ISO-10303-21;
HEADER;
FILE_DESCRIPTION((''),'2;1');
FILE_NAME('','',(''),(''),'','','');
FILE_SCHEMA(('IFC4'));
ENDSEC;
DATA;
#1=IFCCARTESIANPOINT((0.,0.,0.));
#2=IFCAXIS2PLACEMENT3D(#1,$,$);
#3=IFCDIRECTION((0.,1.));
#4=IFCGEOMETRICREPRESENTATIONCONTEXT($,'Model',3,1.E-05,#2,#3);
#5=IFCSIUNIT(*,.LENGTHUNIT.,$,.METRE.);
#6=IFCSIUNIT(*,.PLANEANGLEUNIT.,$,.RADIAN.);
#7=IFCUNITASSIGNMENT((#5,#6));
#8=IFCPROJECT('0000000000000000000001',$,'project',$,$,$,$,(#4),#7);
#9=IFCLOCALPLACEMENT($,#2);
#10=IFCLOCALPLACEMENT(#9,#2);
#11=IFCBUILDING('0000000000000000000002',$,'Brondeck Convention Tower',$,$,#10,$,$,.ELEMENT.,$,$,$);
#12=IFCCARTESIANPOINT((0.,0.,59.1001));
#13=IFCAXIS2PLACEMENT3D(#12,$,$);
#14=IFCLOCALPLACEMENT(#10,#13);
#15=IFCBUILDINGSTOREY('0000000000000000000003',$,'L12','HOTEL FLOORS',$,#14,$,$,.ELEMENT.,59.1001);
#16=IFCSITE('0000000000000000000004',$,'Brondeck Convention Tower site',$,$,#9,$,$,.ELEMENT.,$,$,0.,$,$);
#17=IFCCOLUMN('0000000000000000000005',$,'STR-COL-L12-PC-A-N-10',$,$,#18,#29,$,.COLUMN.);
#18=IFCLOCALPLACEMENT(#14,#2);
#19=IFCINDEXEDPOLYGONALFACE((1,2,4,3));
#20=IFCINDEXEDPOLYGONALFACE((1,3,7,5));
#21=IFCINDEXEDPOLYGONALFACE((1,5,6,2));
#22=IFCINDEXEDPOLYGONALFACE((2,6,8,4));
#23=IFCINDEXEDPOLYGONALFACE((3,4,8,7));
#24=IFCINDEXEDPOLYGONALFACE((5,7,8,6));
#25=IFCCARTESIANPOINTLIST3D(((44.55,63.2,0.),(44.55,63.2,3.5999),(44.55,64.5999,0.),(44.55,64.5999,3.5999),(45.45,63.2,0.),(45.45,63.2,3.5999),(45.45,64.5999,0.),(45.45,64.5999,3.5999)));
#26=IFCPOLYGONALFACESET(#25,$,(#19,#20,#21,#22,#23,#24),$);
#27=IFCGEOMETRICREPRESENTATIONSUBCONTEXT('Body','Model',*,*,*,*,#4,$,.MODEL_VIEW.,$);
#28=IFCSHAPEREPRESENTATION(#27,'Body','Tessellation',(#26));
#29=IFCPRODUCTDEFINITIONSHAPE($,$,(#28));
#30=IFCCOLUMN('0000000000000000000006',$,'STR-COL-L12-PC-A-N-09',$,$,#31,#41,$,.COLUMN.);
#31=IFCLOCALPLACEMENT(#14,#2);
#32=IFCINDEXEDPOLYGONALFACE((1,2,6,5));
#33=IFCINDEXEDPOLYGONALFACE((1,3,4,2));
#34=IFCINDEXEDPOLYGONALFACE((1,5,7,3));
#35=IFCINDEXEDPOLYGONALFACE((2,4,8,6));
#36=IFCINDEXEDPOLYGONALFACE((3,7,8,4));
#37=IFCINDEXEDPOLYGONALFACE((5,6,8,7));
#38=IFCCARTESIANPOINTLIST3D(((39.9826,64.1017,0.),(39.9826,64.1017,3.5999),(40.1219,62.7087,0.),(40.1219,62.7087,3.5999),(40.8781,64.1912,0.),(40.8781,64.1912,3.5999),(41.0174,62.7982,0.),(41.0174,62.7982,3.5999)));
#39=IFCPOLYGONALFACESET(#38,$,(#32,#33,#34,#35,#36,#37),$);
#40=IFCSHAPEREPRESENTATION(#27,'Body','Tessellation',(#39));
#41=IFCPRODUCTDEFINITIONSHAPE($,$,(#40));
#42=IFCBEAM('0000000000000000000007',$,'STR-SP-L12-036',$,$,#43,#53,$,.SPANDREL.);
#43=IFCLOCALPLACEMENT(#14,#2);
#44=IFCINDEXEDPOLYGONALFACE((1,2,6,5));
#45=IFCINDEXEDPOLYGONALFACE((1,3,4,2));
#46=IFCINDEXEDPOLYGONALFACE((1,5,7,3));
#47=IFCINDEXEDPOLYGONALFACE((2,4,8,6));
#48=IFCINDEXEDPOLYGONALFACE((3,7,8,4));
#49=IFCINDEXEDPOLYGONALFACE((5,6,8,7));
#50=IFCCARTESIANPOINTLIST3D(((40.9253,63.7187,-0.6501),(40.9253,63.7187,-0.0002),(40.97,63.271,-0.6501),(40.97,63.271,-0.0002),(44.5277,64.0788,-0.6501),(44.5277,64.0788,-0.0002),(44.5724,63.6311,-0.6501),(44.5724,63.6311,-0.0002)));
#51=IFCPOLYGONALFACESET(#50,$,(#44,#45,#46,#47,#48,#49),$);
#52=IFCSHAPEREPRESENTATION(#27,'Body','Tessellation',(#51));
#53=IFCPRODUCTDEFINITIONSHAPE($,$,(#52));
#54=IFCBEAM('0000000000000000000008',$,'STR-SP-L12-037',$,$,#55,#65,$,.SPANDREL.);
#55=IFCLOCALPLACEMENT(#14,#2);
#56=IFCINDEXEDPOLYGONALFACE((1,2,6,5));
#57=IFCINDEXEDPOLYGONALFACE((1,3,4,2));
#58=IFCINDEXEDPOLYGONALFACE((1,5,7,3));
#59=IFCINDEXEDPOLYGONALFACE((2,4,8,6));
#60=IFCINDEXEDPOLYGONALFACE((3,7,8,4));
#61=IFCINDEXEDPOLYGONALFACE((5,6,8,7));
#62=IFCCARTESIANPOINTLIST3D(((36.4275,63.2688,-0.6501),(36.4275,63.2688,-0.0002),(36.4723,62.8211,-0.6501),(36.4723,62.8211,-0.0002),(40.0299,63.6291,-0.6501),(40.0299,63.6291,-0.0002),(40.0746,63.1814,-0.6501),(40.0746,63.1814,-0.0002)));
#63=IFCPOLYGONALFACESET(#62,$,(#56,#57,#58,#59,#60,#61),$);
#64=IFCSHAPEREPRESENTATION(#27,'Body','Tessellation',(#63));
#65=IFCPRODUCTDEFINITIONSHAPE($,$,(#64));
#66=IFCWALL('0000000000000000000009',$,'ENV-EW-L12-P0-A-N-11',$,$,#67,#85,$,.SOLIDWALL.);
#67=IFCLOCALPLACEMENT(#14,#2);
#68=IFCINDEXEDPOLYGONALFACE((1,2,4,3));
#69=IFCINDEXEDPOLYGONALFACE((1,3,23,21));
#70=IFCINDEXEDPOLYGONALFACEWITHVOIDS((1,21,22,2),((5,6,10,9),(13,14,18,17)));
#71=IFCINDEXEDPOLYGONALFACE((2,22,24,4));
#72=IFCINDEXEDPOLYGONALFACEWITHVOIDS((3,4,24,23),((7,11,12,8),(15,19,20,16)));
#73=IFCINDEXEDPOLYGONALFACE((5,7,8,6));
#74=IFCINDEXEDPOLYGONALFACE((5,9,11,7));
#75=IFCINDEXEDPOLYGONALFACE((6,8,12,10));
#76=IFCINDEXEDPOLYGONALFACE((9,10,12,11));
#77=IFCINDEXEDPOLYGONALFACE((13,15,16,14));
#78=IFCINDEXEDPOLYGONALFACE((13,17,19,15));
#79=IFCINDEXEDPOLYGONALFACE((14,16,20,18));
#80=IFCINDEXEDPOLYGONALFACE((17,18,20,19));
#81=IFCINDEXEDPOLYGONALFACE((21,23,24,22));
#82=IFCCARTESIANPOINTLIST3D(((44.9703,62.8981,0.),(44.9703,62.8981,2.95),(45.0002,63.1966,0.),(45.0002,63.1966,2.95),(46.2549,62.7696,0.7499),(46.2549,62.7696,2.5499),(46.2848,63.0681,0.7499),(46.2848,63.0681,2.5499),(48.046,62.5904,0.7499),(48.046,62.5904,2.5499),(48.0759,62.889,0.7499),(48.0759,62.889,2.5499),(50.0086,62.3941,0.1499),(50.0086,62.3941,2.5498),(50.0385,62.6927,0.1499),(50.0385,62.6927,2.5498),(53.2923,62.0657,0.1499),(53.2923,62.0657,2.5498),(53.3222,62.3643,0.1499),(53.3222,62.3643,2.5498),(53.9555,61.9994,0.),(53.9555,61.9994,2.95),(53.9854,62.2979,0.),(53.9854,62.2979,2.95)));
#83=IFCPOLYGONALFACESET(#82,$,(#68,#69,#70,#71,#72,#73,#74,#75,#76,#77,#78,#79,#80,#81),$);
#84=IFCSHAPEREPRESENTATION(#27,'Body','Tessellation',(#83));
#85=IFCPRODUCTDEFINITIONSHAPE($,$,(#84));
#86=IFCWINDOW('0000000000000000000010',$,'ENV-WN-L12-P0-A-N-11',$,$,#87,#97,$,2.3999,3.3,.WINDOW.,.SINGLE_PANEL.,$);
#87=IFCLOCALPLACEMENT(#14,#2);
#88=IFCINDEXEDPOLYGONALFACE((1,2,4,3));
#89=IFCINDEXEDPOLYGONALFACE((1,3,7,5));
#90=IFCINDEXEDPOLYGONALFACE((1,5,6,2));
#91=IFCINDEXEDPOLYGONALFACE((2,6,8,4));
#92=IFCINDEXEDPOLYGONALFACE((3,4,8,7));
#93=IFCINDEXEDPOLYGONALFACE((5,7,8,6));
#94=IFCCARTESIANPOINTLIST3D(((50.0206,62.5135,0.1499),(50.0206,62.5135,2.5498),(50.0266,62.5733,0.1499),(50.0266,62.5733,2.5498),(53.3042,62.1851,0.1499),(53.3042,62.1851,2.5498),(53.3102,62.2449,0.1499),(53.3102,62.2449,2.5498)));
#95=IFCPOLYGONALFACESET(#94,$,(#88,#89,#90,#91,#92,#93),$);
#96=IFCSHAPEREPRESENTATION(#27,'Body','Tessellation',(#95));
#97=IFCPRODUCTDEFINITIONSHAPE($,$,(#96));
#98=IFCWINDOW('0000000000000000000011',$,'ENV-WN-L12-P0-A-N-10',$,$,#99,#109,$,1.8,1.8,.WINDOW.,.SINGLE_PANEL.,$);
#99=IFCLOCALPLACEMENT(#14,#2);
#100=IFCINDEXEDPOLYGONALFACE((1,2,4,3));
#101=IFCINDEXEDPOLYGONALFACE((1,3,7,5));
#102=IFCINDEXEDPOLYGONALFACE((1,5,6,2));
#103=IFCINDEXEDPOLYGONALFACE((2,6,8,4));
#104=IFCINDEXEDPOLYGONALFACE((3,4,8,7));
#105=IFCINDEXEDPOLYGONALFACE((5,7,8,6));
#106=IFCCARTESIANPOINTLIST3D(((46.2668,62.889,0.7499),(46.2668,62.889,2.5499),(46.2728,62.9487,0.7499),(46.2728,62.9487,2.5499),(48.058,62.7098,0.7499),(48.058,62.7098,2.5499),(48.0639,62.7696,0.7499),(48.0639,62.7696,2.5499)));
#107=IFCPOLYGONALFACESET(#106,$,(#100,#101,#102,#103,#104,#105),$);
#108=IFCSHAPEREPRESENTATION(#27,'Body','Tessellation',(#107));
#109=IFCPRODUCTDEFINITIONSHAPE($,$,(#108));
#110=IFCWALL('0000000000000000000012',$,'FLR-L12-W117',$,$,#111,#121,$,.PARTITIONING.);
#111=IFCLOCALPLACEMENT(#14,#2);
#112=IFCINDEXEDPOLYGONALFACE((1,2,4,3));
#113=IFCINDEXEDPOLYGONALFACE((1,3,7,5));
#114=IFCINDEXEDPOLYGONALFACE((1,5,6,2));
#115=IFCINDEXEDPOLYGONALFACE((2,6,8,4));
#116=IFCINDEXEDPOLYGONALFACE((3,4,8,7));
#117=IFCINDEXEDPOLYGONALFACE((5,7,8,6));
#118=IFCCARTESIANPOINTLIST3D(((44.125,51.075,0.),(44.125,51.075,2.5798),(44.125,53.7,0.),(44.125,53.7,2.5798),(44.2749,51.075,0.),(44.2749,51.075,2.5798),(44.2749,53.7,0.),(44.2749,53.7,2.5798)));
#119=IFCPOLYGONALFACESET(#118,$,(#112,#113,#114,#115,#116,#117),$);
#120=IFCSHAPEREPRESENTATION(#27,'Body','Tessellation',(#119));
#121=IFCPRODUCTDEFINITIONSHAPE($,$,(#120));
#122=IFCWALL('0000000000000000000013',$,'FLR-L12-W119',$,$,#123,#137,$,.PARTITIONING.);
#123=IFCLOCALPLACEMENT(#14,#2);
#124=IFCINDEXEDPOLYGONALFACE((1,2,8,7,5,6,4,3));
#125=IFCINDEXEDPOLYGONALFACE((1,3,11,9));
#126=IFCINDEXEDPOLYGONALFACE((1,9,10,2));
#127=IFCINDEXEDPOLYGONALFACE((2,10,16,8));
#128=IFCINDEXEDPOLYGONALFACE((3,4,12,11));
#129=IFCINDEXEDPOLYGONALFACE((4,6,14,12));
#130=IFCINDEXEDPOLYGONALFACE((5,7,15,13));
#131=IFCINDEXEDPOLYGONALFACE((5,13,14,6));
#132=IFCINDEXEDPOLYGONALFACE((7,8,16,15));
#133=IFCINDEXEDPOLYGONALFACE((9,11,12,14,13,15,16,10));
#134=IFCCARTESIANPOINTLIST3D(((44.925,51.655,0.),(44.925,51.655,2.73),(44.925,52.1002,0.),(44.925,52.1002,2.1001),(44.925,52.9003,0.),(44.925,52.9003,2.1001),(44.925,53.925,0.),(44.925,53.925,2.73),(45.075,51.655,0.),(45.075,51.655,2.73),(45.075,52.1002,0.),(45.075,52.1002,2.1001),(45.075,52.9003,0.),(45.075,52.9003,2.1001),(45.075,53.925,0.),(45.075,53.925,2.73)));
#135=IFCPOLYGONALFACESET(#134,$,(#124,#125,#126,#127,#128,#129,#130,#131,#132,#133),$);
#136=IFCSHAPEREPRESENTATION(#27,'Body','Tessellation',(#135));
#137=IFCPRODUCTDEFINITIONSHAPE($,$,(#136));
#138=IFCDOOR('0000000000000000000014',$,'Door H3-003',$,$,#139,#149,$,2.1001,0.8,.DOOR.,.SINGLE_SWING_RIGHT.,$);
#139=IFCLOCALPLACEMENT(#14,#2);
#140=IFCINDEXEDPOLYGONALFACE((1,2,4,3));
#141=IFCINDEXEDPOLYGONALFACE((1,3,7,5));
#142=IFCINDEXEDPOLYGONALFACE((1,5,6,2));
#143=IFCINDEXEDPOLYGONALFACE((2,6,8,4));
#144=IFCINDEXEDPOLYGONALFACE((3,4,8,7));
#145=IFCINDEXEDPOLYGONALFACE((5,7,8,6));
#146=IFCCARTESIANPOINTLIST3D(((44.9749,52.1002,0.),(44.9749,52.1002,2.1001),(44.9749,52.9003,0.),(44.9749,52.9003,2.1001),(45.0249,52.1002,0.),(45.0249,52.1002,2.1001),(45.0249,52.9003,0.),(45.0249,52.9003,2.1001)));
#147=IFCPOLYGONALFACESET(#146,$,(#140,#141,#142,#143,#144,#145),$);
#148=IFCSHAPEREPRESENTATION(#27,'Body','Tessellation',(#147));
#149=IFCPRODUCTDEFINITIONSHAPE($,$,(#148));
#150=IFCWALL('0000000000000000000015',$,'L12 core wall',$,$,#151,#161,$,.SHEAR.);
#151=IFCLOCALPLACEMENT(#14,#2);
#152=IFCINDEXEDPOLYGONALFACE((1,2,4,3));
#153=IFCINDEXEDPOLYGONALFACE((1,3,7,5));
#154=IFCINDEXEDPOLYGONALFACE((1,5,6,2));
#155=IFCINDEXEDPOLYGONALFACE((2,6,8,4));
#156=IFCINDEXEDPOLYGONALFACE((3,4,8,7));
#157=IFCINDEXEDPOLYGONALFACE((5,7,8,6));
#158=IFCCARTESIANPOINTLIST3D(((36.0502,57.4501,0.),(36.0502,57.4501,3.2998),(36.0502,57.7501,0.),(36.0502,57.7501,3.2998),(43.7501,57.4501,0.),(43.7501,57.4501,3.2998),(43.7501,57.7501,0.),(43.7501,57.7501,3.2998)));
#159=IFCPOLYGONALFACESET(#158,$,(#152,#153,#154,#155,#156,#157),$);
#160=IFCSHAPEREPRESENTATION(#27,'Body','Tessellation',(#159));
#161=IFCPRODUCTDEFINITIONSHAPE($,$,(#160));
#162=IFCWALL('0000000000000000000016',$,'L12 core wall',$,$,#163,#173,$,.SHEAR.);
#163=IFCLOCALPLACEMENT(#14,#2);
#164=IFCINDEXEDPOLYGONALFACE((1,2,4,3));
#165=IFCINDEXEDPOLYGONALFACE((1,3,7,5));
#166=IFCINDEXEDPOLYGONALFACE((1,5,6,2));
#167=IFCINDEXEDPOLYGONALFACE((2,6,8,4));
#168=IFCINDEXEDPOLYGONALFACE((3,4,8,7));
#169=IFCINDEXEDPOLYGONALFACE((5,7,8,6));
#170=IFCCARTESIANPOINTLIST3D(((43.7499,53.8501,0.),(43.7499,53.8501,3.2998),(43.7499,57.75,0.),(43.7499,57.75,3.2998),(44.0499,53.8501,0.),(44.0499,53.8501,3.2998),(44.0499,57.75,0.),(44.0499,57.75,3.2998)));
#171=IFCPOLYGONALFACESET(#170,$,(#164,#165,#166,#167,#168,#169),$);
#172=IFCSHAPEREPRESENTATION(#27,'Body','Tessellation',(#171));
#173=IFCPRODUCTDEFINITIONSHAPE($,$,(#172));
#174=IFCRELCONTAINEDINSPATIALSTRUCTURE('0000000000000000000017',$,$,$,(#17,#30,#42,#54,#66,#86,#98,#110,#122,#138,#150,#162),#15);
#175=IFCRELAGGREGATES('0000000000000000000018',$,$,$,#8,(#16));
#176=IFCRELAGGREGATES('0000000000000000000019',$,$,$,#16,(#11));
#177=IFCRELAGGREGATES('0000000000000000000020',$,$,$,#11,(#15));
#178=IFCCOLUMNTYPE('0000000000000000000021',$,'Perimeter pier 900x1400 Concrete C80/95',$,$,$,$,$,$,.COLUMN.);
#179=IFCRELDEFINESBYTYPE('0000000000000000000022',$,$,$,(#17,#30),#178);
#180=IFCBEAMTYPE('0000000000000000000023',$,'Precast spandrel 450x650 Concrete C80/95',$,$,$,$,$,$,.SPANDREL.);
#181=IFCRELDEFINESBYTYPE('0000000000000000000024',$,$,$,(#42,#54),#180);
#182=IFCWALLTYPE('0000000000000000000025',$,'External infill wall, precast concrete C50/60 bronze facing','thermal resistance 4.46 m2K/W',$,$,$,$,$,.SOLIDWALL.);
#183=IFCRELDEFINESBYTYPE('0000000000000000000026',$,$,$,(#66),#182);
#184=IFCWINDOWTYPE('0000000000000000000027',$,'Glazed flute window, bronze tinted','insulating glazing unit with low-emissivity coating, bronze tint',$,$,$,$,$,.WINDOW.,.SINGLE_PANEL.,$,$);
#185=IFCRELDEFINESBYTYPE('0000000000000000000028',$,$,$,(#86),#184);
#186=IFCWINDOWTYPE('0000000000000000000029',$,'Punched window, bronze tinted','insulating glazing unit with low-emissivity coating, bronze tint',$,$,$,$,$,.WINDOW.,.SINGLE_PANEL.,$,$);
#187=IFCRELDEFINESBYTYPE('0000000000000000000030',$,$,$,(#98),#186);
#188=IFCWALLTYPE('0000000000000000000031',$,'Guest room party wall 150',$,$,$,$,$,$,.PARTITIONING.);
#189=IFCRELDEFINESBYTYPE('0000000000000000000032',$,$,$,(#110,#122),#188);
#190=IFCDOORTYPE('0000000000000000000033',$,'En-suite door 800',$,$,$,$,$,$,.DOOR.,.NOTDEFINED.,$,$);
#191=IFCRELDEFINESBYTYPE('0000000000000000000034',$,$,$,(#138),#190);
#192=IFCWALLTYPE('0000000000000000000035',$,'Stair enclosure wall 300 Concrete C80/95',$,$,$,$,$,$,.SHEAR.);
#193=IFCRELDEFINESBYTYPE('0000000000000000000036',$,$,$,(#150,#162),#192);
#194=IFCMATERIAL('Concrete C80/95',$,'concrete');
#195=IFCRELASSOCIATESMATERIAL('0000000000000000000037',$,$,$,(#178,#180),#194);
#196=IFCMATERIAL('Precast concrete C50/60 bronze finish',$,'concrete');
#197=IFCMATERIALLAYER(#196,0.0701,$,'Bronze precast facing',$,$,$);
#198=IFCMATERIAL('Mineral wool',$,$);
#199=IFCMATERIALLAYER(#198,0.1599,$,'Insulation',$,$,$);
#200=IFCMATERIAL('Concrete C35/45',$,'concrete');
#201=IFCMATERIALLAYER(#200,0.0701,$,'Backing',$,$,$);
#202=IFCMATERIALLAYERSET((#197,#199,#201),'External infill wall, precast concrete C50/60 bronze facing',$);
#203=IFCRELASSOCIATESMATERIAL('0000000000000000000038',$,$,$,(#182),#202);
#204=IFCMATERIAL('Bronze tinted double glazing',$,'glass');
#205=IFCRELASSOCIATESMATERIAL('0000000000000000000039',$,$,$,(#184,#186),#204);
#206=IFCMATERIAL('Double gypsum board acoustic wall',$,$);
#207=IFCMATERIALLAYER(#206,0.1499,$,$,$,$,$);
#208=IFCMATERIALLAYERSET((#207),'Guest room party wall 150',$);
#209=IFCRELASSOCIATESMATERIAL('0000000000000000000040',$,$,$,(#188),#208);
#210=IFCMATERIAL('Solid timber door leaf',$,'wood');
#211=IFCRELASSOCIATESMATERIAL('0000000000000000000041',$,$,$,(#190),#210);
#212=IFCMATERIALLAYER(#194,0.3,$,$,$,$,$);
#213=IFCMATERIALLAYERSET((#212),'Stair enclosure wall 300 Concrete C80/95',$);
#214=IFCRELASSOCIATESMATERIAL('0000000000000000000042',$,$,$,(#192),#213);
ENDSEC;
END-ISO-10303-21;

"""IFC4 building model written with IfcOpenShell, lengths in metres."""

from ifc_helpers import new_model, si_unit, direction, frame, frame_2d, origin, origin_2d, place, context, subcontext, project, spatial, rectangle, extrude, material, layer, layer_set, material_profile, profile_set, type_object, element, fill, save


model = new_model("IFC4")

# Units and contexts
model_context = context("Model", 3, precision=1e-05, world=origin(), true_north=direction((0.0, 1.0)))
body_context = subcontext(model_context, "Body", "Model", "MODEL_VIEW")
ifc_project = project(units=[si_unit("LENGTHUNIT", "METRE"), si_unit("PLANEANGLEUNIT", "RADIAN")], contexts=[model_context])

# Site, building, storey
site_placement = place(None, origin())
site = spatial("IfcSite", under=ifc_project, at=site_placement, Name="Brondeck Convention Tower site", CompositionType="ELEMENT", RefElevation=0.0)
building_placement = place(site_placement, origin())
building = spatial("IfcBuilding", under=site, at=building_placement, Name="Brondeck Convention Tower", CompositionType="ELEMENT")
storey_placement = place(building_placement, frame((0.0, 0.0, 59.1001)))
storey = spatial("IfcBuildingStorey", under=building, at=storey_placement, Name="L12", Description="HOTEL FLOORS", CompositionType="ELEMENT", Elevation=59.1001)

# Columns
ifc_material_1 = material(Name="Concrete C80/95", Category="concrete")
ifc_material_profile_1 = material_profile(ifc_material_1, rectangle(XDim=0.8999, YDim=1.3999, at=origin_2d()), Name="Perimeter pier 900x1400 Concrete C80/95")
ifc_profile_set_1 = profile_set([ifc_material_profile_1], Name="Concrete C80/95")
column_type = type_object("IfcColumnType", Name="Perimeter pier 900x1400 Concrete C80/95", PredefinedType="COLUMN", material=ifc_profile_set_1)
for number, where, z_axis, x_axis, name in (
    (1, (45.0, 63.8999, 0.0), (0.0, 0.0, 1.0), (-1.0, 0.0, 0.0), "STR-COL-L12-PC-A-N-10"),
    (2, (40.5, 63.45, 0.0), (0.0, 0.0, 1.0), (-0.995037, -0.099504, 0.0), "STR-COL-L12-PC-A-N-09"),
):
    element("IfcColumn", number, at=place(storey_placement, frame(where, z_axis=z_axis, x_axis=x_axis)), inside=storey, type_object=column_type, Name=name, PredefinedType="COLUMN", context=body_context, shape_type="SweptSolid", body=[
        extrude(rectangle(XDim=0.8999, YDim=1.3999, at=origin_2d()), origin(), (0.0, 0.0, 1.0), 3.5999),
    ])

# Beams
ifc_material_profile_2 = material_profile(ifc_material_1, rectangle(XDim=0.45, YDim=0.6499, at=origin_2d()), Name="Precast spandrel 450x650 Concrete C80/95")
ifc_profile_set_2 = profile_set([ifc_material_profile_2], Name="Concrete C80/95")
beam_type = type_object("IfcBeamType", Name="Precast spandrel 450x650 Concrete C80/95", PredefinedType="SPANDREL", material=ifc_profile_set_2)
for number, where, z_axis, x_axis, name in (
    (3, (44.55, 63.855, -0.3252), (-0.995041, -0.09947, 0.0), (0.09947, -0.995041, 0.0), "STR-SP-L12-036"),
    (4, (40.0522, 63.4053, -0.3252), (-0.995034, -0.099537, 0.0), (0.099537, -0.995034, 0.0), "STR-SP-L12-037"),
):
    element("IfcBeam", number, at=place(storey_placement, frame(where, z_axis=z_axis, x_axis=x_axis)), inside=storey, type_object=beam_type, Name=name, PredefinedType="SPANDREL", context=body_context, shape_type="SweptSolid", body=[
        extrude(rectangle(XDim=0.45, YDim=0.6499, at=origin_2d()), origin(), (0.0, 0.0, 1.0), 3.6204),
    ])

# Wall, openings, windows
ifc_material_2 = material(Name="Precast concrete C50/60 bronze finish", Category="concrete")
ifc_layer_1 = layer(ifc_material_2, 0.0701, Name="Bronze precast facing")
ifc_material_3 = material(Name="Mineral wool")
ifc_layer_2 = layer(ifc_material_3, 0.1599, Name="Insulation")
ifc_material_4 = material(Name="Concrete C35/45", Category="concrete")
ifc_layer_3 = layer(ifc_material_4, 0.0701, Name="Backing")
ifc_layer_set_1 = layer_set([ifc_layer_1, ifc_layer_2, ifc_layer_3], Name="External infill wall, precast concrete C50/60 bronze facing")
wall_type_1 = type_object("IfcWallType", Name="External infill wall, precast concrete C50/60 bronze facing", Description="thermal resistance 4.46 m2K/W", PredefinedType="SOLIDWALL", material=ifc_layer_set_1)
wall_1_placement = place(storey_placement, frame((44.9851, 63.0474, 0.0), z_axis=(0.0, 0.0, 1.0), x_axis=(0.995035, -0.099522, 0.0)))
wall_1 = element("IfcWall", 5, at=wall_1_placement, inside=storey, type_object=wall_type_1, Name="ENV-EW-L12-P0-A-N-11", PredefinedType="SOLIDWALL", context=body_context, shape_type="SweptSolid", body=[
    extrude(rectangle(XDim=9.03, YDim=0.3, at=frame_2d((4.5151, 0.0))), origin(), (0.0, 0.0, 1.0), 2.95),
])
opening_1_placement = place(wall_1_placement, frame((1.2913, 0.0, 0.75)))
opening_1 = element("IfcOpeningElement", 6, at=opening_1_placement, cuts=wall_1, PredefinedType="OPENING", context=body_context, shape_type="SweptSolid", body=[
    extrude(rectangle(XDim=1.8, YDim=1.8, at=frame_2d((0.8999, 0.8999))), frame((0.0, 0.1599, 0.0), z_axis=(0.0, -1.0, 0.0), x_axis=(1.0, 0.0, 0.0)), (0.0, 0.0, 1.0), 0.3201),
])
opening_2_placement = place(wall_1_placement, frame((5.0637, 0.0, 0.1499)))
opening_2 = element("IfcOpeningElement", 7, at=opening_2_placement, cuts=wall_1, PredefinedType="OPENING", context=body_context, shape_type="SweptSolid", body=[
    extrude(rectangle(XDim=3.3, YDim=2.3999, at=frame_2d((1.6499, 1.2))), frame((0.0, 0.1599, 0.0), z_axis=(0.0, -1.0, 0.0), x_axis=(1.0, 0.0, 0.0)), (0.0, 0.0, 1.0), 0.3201),
])
ifc_material_5 = material(Name="Bronze tinted double glazing", Category="glass")
window_type_1 = type_object("IfcWindowType", Name="Glazed flute window, bronze tinted", Description="insulating glazing unit with low-emissivity coating, bronze tint", PartitioningType="SINGLE_PANEL", PredefinedType="WINDOW", material=ifc_material_5)
window_1_placement = place(opening_2_placement, origin())
window_1 = element("IfcWindow", 8, at=window_1_placement, inside=storey, type_object=window_type_1, Name="ENV-WN-L12-P0-A-N-11", OverallHeight=2.3999, OverallWidth=3.3, PartitioningType="SINGLE_PANEL", PredefinedType="WINDOW", context=body_context, shape_type="SweptSolid", body=[
    extrude(rectangle(XDim=3.3, YDim=2.3999, at=frame_2d((1.6499, 1.2))), frame((0.0, 0.03, 0.0), z_axis=(0.0, -1.0, 0.0), x_axis=(1.0, 0.0, 0.0)), (0.0, 0.0, 1.0), 0.0601),
])
fill(opening_2, window_1)
window_type_2 = type_object("IfcWindowType", Name="Punched window, bronze tinted", Description="insulating glazing unit with low-emissivity coating, bronze tint", PartitioningType="SINGLE_PANEL", PredefinedType="WINDOW", material=ifc_material_5)
window_2_placement = place(opening_1_placement, origin())
window_2 = element("IfcWindow", 9, at=window_2_placement, inside=storey, type_object=window_type_2, Name="ENV-WN-L12-P0-A-N-10", OverallHeight=1.8, OverallWidth=1.8, PartitioningType="SINGLE_PANEL", PredefinedType="WINDOW", context=body_context, shape_type="SweptSolid", body=[
    extrude(rectangle(XDim=1.8, YDim=1.8, at=frame_2d((0.8999, 0.8999))), frame((0.0, 0.03, 0.0), z_axis=(0.0, -1.0, 0.0), x_axis=(1.0, 0.0, 0.0)), (0.0, 0.0, 1.0), 0.0601),
])
fill(opening_1, window_2)

# Wall
ifc_material_6 = material(Name="Double gypsum board acoustic wall")
ifc_layer_4 = layer(ifc_material_6, 0.1499)
ifc_layer_set_2 = layer_set([ifc_layer_4], Name="Guest room party wall 150")
wall_type_2 = type_object("IfcWallType", Name="Guest room party wall 150", PredefinedType="PARTITIONING", material=ifc_layer_set_2)
wall_2_placement = place(storey_placement, frame((44.2, 53.7, 0.0), z_axis=(0.0, 0.0, 1.0), x_axis=(0.0, -1.0, 0.0)))
element("IfcWall", 10, at=wall_2_placement, inside=storey, type_object=wall_type_2, Name="FLR-L12-W117", PredefinedType="PARTITIONING", context=body_context, shape_type="SweptSolid", body=[
    extrude(rectangle(XDim=2.625, YDim=0.1499, at=frame_2d((1.3125, 0.0))), origin(), (0.0, 0.0, 1.0), 2.5798),
])

# Wall, opening, door
wall_3_placement = place(storey_placement, frame((45.0, 53.925, 0.0), z_axis=(0.0, 0.0, 1.0), x_axis=(0.0, -1.0, 0.0)))
wall_3 = element("IfcWall", 11, at=wall_3_placement, inside=storey, type_object=wall_type_2, Name="FLR-L12-W119", PredefinedType="PARTITIONING", context=body_context, shape_type="SweptSolid", body=[
    extrude(rectangle(XDim=2.27, YDim=0.1499, at=frame_2d((1.135, 0.0))), origin(), (0.0, 0.0, 1.0), 2.73),
])
opening_3_placement = place(wall_3_placement, frame((1.0249, 0.0, 0.0)))
opening_3 = element("IfcOpeningElement", 12, at=opening_3_placement, cuts=wall_3, PredefinedType="OPENING", context=body_context, shape_type="SweptSolid", body=[
    extrude(rectangle(XDim=0.8, YDim=2.1001, at=frame_2d((0.3999, 1.05))), frame((0.0, 0.085, 0.0), z_axis=(0.0, -1.0, 0.0), x_axis=(1.0, 0.0, 0.0)), (0.0, 0.0, 1.0), 0.1699),
])
ifc_material_7 = material(Name="Solid timber door leaf", Category="wood")
door_type = type_object("IfcDoorType", Name="En-suite door 800", OperationType="NOTDEFINED", PredefinedType="DOOR", material=ifc_material_7)
door_placement = place(opening_3_placement, origin())
door = element("IfcDoor", 13, at=door_placement, inside=storey, type_object=door_type, Name="Door H3-003", OperationType="SINGLE_SWING_RIGHT", OverallHeight=2.1001, OverallWidth=0.8, PredefinedType="DOOR", context=body_context, shape_type="SweptSolid", body=[
    extrude(rectangle(XDim=0.8, YDim=2.1001, at=frame_2d((0.3999, 1.05))), frame((0.0, 0.0249, 0.0), z_axis=(0.0, -1.0, 0.0), x_axis=(1.0, 0.0, 0.0)), (0.0, 0.0, 1.0), 0.05),
])
fill(opening_3, door)

# Walls
ifc_layer_5 = layer(ifc_material_1, 0.3)
ifc_layer_set_3 = layer_set([ifc_layer_5], Name="Stair enclosure wall 300 Concrete C80/95")
wall_type_3 = type_object("IfcWallType", Name="Stair enclosure wall 300 Concrete C80/95", PredefinedType="SHEAR", material=ifc_layer_set_3)
wall_4_placement = place(storey_placement, frame((36.05, 57.6001, 0.0), z_axis=(0.0, 0.0, 1.0), x_axis=(1.0, 0.0, 0.0)))
element("IfcWall", 14, at=wall_4_placement, inside=storey, type_object=wall_type_3, Name="L12 core wall", PredefinedType="SHEAR", context=body_context, shape_type="SweptSolid", body=[
    extrude(rectangle(XDim=7.7, YDim=0.3, at=frame_2d((3.8501, 0.0))), origin(), (0.0, 0.0, 1.0), 3.2998),
])
wall_5_placement = place(storey_placement, frame((43.8999, 53.8501, 0.0), z_axis=(0.0, 0.0, 1.0), x_axis=(0.0, 1.0, 0.0)))
element("IfcWall", 15, at=wall_5_placement, inside=storey, type_object=wall_type_3, Name="L12 core wall", PredefinedType="SHEAR", context=body_context, shape_type="SweptSolid", body=[
    extrude(rectangle(XDim=3.8999, YDim=0.3, at=frame_2d((1.95, 0.0))), origin(), (0.0, 0.0, 1.0), 3.2998),
])

save(model, "model.ifc")
